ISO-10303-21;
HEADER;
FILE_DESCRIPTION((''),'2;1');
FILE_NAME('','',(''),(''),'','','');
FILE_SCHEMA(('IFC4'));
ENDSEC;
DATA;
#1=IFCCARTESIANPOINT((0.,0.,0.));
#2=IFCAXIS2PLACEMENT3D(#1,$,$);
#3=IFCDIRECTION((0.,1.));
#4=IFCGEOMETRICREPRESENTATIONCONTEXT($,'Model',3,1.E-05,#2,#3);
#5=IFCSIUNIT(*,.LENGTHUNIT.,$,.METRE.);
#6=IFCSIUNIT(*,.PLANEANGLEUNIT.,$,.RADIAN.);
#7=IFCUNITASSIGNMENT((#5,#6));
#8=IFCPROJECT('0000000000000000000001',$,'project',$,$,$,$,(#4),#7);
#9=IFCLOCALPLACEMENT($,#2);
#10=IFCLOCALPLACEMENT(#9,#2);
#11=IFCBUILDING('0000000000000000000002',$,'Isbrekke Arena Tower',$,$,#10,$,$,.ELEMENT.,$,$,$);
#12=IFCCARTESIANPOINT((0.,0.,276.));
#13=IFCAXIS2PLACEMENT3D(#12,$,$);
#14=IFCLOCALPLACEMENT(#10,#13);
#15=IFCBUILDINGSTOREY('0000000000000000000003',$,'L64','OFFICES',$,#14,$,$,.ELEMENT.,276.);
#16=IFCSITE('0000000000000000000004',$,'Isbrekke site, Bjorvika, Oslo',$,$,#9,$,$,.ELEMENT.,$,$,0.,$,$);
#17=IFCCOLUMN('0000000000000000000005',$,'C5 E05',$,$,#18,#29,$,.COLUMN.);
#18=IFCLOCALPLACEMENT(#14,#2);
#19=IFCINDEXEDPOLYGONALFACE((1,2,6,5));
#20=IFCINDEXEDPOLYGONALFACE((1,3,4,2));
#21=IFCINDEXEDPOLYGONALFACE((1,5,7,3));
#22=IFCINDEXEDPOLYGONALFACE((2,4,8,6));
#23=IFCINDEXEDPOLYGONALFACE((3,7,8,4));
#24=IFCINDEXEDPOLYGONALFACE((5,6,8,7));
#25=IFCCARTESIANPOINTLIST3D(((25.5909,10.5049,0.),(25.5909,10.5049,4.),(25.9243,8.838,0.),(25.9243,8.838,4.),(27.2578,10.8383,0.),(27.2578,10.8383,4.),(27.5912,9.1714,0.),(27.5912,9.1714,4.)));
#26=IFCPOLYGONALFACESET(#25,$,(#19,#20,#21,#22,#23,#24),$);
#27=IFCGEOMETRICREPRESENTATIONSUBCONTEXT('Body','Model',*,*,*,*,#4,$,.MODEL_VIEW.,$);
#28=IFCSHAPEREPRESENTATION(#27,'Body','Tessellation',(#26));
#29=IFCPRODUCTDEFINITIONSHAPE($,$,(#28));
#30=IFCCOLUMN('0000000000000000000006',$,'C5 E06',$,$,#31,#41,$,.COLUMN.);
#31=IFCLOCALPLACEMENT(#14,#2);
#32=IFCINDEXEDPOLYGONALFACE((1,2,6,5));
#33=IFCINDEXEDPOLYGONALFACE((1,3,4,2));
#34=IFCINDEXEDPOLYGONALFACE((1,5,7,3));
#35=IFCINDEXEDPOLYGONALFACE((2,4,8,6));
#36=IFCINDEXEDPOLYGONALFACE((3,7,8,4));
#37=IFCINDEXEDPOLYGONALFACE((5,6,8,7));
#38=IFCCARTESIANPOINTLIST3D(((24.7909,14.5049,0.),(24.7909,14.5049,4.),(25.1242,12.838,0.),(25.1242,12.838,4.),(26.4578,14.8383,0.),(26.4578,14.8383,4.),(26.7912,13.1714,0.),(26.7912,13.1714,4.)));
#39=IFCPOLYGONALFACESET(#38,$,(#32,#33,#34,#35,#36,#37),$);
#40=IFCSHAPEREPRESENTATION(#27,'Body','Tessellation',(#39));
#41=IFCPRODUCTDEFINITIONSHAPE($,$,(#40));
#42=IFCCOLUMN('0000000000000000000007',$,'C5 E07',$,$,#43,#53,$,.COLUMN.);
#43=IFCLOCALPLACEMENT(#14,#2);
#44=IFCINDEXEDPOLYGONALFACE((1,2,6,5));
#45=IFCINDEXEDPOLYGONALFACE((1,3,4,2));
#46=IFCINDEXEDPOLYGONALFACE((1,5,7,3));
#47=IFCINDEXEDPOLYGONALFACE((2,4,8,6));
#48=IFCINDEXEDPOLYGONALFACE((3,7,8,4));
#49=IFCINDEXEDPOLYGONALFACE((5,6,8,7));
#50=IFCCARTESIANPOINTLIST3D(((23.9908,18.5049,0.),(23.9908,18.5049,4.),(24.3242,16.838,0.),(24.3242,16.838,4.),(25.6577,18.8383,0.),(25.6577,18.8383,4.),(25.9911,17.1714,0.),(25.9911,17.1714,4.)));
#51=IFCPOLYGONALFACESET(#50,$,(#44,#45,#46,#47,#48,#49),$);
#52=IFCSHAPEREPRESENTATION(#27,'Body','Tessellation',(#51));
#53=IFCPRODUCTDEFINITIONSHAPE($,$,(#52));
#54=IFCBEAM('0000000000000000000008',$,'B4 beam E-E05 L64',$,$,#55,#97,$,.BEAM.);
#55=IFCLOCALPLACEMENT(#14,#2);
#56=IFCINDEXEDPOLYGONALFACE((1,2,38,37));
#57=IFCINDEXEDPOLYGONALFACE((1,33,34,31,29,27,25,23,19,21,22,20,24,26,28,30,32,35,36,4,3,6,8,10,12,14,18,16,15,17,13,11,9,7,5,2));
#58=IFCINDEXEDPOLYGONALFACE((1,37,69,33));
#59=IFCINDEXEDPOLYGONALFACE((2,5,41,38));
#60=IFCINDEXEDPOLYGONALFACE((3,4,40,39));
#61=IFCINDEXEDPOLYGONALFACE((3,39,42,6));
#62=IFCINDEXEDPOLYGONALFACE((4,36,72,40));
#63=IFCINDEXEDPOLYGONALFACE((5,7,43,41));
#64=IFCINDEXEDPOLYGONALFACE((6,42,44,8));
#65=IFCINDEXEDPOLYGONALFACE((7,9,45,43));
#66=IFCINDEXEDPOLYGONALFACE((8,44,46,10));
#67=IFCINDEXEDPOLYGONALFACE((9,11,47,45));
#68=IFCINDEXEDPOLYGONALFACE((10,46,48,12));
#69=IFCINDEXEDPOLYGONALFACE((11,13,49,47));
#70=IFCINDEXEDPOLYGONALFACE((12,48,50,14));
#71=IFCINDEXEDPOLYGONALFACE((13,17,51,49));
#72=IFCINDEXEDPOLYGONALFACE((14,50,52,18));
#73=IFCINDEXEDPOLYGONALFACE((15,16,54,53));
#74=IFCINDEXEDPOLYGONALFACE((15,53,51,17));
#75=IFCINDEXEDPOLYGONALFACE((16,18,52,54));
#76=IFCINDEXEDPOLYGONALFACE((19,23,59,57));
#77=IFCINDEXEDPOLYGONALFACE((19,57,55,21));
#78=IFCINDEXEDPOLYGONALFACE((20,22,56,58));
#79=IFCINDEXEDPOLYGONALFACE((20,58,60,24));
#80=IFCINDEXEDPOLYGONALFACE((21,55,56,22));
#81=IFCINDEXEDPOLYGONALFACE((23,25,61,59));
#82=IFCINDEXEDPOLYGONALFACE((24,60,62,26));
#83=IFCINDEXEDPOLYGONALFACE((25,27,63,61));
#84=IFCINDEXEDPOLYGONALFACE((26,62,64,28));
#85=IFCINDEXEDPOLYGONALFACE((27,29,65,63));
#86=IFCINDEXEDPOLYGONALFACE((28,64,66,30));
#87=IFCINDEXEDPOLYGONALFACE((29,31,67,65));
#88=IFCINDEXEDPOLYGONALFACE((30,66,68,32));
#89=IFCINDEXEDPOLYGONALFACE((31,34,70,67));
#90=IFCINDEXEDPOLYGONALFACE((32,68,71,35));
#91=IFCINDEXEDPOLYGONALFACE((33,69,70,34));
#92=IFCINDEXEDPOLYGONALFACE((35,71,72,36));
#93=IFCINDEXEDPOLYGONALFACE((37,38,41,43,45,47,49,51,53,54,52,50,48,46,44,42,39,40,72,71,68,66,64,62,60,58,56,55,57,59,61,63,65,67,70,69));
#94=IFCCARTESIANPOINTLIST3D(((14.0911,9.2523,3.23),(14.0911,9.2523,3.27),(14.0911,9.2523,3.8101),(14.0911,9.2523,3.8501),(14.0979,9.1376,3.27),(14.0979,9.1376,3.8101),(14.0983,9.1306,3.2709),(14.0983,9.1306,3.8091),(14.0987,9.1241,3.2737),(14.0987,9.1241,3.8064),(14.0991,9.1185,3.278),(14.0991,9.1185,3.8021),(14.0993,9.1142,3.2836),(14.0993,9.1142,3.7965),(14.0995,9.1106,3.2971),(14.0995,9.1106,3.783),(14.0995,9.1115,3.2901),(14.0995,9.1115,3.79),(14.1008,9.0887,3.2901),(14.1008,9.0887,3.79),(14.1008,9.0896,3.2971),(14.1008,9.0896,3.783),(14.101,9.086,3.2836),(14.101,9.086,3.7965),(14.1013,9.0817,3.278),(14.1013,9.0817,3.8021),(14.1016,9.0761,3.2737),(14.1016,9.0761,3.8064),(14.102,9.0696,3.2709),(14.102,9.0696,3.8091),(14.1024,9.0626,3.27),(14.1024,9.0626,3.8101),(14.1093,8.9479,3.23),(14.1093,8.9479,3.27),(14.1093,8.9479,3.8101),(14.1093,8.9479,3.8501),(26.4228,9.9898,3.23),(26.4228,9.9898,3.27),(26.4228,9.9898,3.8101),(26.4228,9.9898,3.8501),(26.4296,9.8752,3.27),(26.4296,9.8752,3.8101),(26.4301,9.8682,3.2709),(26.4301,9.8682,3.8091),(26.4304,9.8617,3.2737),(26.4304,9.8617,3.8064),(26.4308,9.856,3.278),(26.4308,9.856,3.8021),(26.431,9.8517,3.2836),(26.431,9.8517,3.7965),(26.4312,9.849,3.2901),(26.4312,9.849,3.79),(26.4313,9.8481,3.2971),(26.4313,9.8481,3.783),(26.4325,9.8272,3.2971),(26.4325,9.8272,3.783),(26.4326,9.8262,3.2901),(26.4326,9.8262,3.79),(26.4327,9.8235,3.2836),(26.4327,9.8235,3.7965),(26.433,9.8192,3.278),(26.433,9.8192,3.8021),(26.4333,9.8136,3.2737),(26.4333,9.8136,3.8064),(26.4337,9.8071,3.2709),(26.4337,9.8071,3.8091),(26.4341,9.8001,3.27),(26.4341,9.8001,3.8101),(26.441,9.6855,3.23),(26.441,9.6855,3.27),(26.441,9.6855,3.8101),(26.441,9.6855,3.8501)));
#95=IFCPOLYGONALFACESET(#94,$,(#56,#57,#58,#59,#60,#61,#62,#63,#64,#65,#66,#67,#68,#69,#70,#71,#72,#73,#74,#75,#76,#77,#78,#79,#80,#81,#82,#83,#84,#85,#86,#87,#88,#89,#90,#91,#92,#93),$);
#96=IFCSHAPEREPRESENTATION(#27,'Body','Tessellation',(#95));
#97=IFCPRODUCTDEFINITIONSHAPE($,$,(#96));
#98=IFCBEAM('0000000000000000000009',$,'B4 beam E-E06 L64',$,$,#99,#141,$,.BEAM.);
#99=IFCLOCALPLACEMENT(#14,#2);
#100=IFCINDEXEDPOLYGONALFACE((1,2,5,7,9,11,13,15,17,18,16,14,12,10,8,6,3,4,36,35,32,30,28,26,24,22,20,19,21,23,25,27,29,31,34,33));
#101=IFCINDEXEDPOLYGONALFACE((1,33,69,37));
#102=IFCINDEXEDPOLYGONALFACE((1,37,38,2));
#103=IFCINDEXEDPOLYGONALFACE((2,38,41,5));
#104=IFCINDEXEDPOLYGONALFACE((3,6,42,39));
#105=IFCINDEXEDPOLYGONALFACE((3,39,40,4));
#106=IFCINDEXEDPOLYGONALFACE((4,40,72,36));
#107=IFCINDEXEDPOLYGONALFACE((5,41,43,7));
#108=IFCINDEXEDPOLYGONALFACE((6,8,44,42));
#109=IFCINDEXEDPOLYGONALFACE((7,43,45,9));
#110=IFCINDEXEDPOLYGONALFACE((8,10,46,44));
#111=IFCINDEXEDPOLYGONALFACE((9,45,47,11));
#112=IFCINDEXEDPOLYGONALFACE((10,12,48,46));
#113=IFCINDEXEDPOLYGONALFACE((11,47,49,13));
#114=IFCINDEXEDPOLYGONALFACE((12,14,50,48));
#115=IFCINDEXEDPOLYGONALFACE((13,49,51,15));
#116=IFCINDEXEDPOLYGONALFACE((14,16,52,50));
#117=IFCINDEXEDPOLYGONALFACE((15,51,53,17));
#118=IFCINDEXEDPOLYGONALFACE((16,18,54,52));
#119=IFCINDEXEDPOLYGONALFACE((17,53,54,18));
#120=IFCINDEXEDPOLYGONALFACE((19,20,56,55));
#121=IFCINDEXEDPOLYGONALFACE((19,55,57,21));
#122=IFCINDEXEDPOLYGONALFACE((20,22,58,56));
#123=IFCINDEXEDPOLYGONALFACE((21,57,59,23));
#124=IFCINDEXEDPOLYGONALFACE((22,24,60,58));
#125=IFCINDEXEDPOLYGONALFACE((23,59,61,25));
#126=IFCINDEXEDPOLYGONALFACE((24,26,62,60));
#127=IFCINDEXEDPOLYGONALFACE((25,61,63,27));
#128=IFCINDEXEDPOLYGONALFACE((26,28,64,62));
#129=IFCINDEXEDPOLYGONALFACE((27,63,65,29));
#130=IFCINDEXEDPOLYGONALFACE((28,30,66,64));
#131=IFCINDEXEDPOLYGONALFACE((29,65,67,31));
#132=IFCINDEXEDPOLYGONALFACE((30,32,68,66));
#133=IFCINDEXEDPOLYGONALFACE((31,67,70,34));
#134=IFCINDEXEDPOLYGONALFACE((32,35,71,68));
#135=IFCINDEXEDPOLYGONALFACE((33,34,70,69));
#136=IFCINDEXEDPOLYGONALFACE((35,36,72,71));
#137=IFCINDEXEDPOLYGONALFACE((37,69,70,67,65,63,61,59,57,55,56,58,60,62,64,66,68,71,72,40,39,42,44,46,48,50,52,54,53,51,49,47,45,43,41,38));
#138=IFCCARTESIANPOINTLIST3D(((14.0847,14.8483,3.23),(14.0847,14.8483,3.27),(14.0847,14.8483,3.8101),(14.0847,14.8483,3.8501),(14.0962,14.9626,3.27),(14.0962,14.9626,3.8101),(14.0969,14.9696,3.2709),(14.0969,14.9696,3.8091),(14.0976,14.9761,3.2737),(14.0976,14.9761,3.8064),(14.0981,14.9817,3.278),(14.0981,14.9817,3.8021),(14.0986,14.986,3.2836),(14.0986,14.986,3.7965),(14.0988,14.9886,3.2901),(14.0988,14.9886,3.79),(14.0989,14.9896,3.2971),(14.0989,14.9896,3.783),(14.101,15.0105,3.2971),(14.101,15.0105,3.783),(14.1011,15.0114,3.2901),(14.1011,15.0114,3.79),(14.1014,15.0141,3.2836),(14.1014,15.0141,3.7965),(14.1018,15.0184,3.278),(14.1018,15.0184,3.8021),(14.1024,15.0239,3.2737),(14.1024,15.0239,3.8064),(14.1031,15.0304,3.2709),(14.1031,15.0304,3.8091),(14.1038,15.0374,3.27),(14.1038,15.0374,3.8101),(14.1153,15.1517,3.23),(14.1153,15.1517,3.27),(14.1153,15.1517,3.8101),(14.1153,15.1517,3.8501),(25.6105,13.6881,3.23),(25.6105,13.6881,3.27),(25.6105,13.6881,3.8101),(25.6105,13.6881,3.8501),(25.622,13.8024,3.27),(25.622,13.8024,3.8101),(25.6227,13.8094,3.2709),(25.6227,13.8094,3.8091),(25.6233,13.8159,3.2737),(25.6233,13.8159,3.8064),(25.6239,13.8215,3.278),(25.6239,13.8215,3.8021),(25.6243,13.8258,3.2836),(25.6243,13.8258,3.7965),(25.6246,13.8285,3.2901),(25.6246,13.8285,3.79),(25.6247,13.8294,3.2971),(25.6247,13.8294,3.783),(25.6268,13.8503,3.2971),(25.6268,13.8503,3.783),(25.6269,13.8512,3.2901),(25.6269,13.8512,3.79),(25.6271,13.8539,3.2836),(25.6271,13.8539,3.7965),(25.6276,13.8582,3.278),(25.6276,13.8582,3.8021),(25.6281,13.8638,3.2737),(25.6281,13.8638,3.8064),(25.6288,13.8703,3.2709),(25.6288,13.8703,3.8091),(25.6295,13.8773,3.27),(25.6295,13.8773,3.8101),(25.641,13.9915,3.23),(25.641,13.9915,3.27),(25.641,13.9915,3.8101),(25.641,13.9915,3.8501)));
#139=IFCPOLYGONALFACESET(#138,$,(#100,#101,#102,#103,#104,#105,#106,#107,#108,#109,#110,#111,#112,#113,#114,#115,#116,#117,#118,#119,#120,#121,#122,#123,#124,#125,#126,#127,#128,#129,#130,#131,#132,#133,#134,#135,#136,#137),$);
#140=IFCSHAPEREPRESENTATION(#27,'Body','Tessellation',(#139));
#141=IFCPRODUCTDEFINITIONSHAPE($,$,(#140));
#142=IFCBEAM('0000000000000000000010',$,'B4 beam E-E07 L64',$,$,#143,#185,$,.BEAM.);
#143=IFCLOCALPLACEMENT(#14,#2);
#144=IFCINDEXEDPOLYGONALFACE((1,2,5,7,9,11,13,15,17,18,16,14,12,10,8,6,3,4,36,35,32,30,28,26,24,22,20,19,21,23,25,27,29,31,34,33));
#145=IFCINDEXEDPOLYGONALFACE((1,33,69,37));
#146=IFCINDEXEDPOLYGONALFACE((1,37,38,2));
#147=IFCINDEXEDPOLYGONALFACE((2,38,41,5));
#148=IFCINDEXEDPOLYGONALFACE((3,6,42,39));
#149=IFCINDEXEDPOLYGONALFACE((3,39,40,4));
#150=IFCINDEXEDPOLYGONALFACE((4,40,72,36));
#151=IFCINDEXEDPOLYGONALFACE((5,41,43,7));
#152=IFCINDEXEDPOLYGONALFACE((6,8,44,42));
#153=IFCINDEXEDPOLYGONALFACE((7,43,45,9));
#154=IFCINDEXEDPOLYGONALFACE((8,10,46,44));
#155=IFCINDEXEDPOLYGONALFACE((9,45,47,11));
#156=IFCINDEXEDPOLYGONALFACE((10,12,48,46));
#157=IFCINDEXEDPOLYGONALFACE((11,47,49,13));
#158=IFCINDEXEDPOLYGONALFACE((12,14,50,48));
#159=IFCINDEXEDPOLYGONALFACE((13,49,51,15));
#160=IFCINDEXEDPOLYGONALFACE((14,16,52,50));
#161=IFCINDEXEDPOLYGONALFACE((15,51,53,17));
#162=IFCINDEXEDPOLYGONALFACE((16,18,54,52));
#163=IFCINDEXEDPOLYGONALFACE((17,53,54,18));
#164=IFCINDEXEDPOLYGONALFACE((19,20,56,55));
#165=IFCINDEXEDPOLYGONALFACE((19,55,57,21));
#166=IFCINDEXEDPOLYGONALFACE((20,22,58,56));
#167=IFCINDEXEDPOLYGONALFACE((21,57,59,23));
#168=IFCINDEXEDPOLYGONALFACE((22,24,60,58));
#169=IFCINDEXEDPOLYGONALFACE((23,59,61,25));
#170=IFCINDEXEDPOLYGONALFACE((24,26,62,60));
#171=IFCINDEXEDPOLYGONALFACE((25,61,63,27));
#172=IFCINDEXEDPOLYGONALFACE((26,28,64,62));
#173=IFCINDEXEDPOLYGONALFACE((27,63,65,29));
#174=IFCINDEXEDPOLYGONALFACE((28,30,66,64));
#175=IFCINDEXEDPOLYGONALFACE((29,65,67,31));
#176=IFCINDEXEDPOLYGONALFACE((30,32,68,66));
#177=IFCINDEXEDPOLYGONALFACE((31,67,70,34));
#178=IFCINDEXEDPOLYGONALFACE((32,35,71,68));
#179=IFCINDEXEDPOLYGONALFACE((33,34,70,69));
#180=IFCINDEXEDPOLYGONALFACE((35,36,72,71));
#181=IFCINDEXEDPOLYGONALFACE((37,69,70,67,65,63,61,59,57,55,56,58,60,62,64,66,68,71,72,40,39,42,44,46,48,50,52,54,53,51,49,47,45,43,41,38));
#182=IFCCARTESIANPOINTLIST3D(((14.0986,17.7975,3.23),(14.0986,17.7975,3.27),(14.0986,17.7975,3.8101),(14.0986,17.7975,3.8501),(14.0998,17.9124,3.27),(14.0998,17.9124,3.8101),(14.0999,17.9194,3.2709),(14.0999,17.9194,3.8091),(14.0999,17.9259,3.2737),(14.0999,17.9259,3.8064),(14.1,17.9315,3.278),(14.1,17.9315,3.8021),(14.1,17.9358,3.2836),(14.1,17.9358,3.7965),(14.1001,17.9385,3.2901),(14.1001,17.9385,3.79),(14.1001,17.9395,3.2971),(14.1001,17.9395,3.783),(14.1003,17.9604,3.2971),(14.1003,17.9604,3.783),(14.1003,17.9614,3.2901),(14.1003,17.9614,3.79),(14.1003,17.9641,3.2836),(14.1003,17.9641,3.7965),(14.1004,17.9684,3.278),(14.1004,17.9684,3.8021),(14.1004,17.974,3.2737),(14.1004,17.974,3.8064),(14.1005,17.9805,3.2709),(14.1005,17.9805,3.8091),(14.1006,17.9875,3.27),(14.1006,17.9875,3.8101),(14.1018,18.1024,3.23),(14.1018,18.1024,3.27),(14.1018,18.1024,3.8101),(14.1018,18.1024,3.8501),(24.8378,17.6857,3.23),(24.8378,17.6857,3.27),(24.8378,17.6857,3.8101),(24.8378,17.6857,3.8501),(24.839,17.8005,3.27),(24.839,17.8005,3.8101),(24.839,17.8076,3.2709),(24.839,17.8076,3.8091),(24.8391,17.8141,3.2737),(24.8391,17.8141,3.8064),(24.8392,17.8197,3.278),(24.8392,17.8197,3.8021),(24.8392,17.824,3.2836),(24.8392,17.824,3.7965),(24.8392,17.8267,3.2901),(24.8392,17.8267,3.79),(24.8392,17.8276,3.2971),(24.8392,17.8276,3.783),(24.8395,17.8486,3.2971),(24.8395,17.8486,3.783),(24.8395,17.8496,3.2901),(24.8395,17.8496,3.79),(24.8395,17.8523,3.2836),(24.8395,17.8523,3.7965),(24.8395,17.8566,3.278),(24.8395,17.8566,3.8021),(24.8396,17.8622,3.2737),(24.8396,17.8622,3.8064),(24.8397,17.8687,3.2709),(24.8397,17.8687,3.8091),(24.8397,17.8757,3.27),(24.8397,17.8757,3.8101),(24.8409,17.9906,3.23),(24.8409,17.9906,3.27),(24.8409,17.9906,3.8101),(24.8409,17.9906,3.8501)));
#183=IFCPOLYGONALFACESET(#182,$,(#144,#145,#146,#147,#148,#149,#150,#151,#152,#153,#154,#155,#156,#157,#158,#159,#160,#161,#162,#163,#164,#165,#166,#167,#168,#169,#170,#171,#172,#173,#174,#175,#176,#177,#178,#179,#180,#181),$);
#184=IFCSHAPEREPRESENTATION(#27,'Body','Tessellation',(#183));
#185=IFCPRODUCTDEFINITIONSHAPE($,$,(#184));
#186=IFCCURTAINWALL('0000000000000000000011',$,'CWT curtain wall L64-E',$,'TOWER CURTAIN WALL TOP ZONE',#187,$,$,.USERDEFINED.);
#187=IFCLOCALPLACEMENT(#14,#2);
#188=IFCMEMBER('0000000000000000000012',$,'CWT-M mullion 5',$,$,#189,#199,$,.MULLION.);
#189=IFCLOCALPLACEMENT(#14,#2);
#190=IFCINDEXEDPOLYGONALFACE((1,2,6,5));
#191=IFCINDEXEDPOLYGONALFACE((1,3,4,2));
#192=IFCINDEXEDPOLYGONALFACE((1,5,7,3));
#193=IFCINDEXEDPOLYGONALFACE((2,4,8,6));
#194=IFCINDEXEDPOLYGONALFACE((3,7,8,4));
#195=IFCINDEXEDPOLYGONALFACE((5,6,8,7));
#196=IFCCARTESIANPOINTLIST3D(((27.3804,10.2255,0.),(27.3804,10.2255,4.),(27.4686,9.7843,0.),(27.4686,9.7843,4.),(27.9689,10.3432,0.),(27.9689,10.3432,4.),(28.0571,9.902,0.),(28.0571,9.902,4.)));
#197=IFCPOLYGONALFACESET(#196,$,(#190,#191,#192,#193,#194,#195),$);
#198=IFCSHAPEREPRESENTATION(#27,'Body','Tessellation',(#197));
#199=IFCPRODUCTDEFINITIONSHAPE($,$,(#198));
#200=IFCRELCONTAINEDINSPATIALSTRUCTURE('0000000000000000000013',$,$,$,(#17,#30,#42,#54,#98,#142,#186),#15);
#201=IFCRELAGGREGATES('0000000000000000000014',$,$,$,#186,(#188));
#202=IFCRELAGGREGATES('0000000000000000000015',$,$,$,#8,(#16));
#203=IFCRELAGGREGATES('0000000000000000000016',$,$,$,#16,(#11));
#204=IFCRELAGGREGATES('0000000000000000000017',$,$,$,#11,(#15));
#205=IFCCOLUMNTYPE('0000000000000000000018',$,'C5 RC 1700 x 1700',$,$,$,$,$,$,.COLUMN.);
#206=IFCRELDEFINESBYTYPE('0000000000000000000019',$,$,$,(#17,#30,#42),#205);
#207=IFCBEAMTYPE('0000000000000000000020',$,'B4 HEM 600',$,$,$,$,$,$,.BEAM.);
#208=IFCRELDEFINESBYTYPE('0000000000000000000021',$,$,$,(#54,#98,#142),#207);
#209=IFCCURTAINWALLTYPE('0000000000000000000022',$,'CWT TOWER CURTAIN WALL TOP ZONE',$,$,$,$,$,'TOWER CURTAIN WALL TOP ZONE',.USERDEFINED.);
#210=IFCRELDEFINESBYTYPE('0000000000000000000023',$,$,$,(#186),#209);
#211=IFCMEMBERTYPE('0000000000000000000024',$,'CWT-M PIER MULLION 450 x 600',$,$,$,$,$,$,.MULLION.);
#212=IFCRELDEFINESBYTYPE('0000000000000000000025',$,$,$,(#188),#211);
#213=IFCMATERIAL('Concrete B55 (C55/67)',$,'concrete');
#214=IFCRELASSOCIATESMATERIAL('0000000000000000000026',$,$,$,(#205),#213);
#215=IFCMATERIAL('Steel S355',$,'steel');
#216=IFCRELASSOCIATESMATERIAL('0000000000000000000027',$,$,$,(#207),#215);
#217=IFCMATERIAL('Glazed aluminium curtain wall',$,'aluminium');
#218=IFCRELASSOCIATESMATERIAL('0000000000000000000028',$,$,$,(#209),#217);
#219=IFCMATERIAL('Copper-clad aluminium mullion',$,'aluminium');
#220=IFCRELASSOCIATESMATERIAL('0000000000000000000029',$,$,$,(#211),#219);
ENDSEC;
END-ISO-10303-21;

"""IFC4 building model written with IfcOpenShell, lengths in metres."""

from ifc_helpers import new_model, si_unit, direction, frame, origin, origin_2d, place, context, subcontext, project, spatial, rectangle, i_section, extrude, material, material_profile, profile_set, type_object, element, aggregate, save


model = new_model("IFC4")

# Units and contexts
model_context = context("Model", 3, precision=1e-05, world=origin(), true_north=direction((0.0, 1.0)))
body_context = subcontext(model_context, "Body", "Model", "MODEL_VIEW")
ifc_project = project(units=[si_unit("LENGTHUNIT", "METRE"), si_unit("PLANEANGLEUNIT", "RADIAN")], contexts=[model_context])

# Site, building, storey
site_placement = place(None, origin())
site = spatial("IfcSite", under=ifc_project, at=site_placement, Name="Isbrekke site, Bjorvika, Oslo", CompositionType="ELEMENT", RefElevation=0.0)
building_placement = place(site_placement, origin())
building = spatial("IfcBuilding", under=site, at=building_placement, Name="Isbrekke Arena Tower", CompositionType="ELEMENT")
storey_placement = place(building_placement, frame((0.0, 0.0, 276.0)))
storey = spatial("IfcBuildingStorey", under=building, at=storey_placement, Name="L64", Description="OFFICES", CompositionType="ELEMENT", Elevation=276.0)

# Columns
ifc_material_1 = material(Name="Concrete B55 (C55/67)", Category="concrete")
ifc_material_profile_1 = material_profile(ifc_material_1, rectangle(XDim=1.7, YDim=1.7, at=origin_2d()), Name="RC 1700x1700")
ifc_profile_set_1 = profile_set([ifc_material_profile_1], Name="Concrete B55 (C55/67)")
column_type = type_object("IfcColumnType", Name="C5 RC 1700 x 1700", PredefinedType="COLUMN", material=ifc_profile_set_1)
for number, where, z_axis, x_axis, name in (
    (1, (26.5911, 9.8381, 0.0), (0.0, 0.0, 1.0), (-0.196116, 0.980581, 0.0), "C5 E05"),
    (2, (25.791, 13.8381, 0.0), (0.0, 0.0, 1.0), (-0.196116, 0.980581, 0.0), "C5 E06"),
    (3, (24.991, 17.8381, 0.0), (0.0, 0.0, 1.0), (-0.196116, 0.980581, 0.0), "C5 E07"),
):
    element("IfcColumn", number, at=place(storey_placement, frame(where, z_axis=z_axis, x_axis=x_axis)), inside=storey, type_object=column_type, Name=name, PredefinedType="COLUMN", context=body_context, shape_type="SweptSolid", body=[
        extrude(rectangle(XDim=1.7, YDim=1.7, at=origin_2d()), origin(), (0.0, 0.0, 1.0), 4.0),
    ])

# Beams
ifc_material_2 = material(Name="Steel S355", Category="steel")
ifc_material_profile_2 = material_profile(ifc_material_2, i_section(OverallWidth=0.3049, OverallDepth=0.6201, WebThickness=0.021, FlangeThickness=0.04, FilletRadius=0.0271, at=origin_2d()), Name="HEM 600")
ifc_profile_set_2 = profile_set([ifc_material_profile_2], Name="Steel S355")
beam_type_1 = type_object("IfcBeamType", Name="B4 HEM 600", PredefinedType="BEAM", material=ifc_profile_set_2)
beam_1_placement = place(storey_placement, frame((26.4319, 9.8376, 3.54), z_axis=(-0.998216, -0.059702, 0.0), x_axis=(0.059702, -0.998216, 0.0)))
element("IfcBeam", 4, at=beam_1_placement, inside=storey, type_object=beam_type_1, Name="B4 beam E-E05 L64", PredefinedType="BEAM", context=body_context, shape_type="SweptSolid", body=[
    extrude(i_section(OverallWidth=0.3049, OverallDepth=0.6201, WebThickness=0.021, FlangeThickness=0.04, FilletRadius=0.0271, at=origin_2d()), origin(), (0.0, 0.0, 1.0), 12.3538),
])
beam_2_placement = place(storey_placement, frame((25.6257, 13.8398, 3.54), z_axis=(-0.994972, 0.100153, 0.0), x_axis=(-0.100153, -0.994972, 0.0)))
element("IfcBeam", 5, at=beam_2_placement, inside=storey, type_object=beam_type_1, Name="B4 beam E-E06 L64", PredefinedType="BEAM", context=body_context, shape_type="SweptSolid", body=[
    extrude(i_section(OverallWidth=0.3049, OverallDepth=0.6201, WebThickness=0.021, FlangeThickness=0.04, FilletRadius=0.0271, at=origin_2d()), origin(), (0.0, 0.0, 1.0), 11.584),
])
beam_3_placement = place(storey_placement, frame((24.8394, 17.8381, 3.54), z_axis=(-0.999946, 0.010411, 0.0), x_axis=(-0.010411, -0.999946, 0.0)))
element("IfcBeam", 6, at=beam_3_placement, inside=storey, type_object=beam_type_1, Name="B4 beam E-E07 L64", PredefinedType="BEAM", context=body_context, shape_type="SweptSolid", body=[
    extrude(i_section(OverallWidth=0.3049, OverallDepth=0.6201, WebThickness=0.021, FlangeThickness=0.04, FilletRadius=0.0271, at=origin_2d()), origin(), (0.0, 0.0, 1.0), 10.7397),
])

# Curtain wall, member
ifc_material_3 = material(Name="Glazed aluminium curtain wall", Category="aluminium")
curtain_wall_type = type_object("IfcCurtainWallType", Name="CWT TOWER CURTAIN WALL TOP ZONE", ElementType="TOWER CURTAIN WALL TOP ZONE", PredefinedType="USERDEFINED", material=ifc_material_3)
curtain_wall_placement = place(storey_placement, origin())
curtain_wall = element("IfcCurtainWall", 7, at=curtain_wall_placement, inside=storey, type_object=curtain_wall_type, Name="CWT curtain wall L64-E", ObjectType="TOWER CURTAIN WALL TOP ZONE", PredefinedType="USERDEFINED")
ifc_material_4 = material(Name="Copper-clad aluminium mullion", Category="aluminium")
ifc_material_profile_3 = material_profile(ifc_material_4, rectangle(XDim=0.45, YDim=0.6001, at=origin_2d()), Name="PIER 450X600")
ifc_profile_set_3 = profile_set([ifc_material_profile_3], Name="Copper-clad aluminium mullion")
member_type_1 = type_object("IfcMemberType", Name="CWT-M PIER MULLION 450 x 600", PredefinedType="MULLION", material=ifc_profile_set_3)
member_1_placement = place(storey_placement, frame((27.7188, 10.0637, 0.0), z_axis=(0.0, 0.0, 1.0), x_axis=(-0.196116, 0.980581, 0.0)))
member_1 = element("IfcMember", 8, at=member_1_placement, type_object=member_type_1, Name="CWT-M mullion 5", PredefinedType="MULLION", context=body_context, shape_type="SweptSolid", body=[
    extrude(rectangle(XDim=0.45, YDim=0.6001, at=origin_2d()), origin(), (0.0, 0.0, 1.0), 4.0),
])

aggregate(curtain_wall, [member_1])

save(model, "model.ifc")
